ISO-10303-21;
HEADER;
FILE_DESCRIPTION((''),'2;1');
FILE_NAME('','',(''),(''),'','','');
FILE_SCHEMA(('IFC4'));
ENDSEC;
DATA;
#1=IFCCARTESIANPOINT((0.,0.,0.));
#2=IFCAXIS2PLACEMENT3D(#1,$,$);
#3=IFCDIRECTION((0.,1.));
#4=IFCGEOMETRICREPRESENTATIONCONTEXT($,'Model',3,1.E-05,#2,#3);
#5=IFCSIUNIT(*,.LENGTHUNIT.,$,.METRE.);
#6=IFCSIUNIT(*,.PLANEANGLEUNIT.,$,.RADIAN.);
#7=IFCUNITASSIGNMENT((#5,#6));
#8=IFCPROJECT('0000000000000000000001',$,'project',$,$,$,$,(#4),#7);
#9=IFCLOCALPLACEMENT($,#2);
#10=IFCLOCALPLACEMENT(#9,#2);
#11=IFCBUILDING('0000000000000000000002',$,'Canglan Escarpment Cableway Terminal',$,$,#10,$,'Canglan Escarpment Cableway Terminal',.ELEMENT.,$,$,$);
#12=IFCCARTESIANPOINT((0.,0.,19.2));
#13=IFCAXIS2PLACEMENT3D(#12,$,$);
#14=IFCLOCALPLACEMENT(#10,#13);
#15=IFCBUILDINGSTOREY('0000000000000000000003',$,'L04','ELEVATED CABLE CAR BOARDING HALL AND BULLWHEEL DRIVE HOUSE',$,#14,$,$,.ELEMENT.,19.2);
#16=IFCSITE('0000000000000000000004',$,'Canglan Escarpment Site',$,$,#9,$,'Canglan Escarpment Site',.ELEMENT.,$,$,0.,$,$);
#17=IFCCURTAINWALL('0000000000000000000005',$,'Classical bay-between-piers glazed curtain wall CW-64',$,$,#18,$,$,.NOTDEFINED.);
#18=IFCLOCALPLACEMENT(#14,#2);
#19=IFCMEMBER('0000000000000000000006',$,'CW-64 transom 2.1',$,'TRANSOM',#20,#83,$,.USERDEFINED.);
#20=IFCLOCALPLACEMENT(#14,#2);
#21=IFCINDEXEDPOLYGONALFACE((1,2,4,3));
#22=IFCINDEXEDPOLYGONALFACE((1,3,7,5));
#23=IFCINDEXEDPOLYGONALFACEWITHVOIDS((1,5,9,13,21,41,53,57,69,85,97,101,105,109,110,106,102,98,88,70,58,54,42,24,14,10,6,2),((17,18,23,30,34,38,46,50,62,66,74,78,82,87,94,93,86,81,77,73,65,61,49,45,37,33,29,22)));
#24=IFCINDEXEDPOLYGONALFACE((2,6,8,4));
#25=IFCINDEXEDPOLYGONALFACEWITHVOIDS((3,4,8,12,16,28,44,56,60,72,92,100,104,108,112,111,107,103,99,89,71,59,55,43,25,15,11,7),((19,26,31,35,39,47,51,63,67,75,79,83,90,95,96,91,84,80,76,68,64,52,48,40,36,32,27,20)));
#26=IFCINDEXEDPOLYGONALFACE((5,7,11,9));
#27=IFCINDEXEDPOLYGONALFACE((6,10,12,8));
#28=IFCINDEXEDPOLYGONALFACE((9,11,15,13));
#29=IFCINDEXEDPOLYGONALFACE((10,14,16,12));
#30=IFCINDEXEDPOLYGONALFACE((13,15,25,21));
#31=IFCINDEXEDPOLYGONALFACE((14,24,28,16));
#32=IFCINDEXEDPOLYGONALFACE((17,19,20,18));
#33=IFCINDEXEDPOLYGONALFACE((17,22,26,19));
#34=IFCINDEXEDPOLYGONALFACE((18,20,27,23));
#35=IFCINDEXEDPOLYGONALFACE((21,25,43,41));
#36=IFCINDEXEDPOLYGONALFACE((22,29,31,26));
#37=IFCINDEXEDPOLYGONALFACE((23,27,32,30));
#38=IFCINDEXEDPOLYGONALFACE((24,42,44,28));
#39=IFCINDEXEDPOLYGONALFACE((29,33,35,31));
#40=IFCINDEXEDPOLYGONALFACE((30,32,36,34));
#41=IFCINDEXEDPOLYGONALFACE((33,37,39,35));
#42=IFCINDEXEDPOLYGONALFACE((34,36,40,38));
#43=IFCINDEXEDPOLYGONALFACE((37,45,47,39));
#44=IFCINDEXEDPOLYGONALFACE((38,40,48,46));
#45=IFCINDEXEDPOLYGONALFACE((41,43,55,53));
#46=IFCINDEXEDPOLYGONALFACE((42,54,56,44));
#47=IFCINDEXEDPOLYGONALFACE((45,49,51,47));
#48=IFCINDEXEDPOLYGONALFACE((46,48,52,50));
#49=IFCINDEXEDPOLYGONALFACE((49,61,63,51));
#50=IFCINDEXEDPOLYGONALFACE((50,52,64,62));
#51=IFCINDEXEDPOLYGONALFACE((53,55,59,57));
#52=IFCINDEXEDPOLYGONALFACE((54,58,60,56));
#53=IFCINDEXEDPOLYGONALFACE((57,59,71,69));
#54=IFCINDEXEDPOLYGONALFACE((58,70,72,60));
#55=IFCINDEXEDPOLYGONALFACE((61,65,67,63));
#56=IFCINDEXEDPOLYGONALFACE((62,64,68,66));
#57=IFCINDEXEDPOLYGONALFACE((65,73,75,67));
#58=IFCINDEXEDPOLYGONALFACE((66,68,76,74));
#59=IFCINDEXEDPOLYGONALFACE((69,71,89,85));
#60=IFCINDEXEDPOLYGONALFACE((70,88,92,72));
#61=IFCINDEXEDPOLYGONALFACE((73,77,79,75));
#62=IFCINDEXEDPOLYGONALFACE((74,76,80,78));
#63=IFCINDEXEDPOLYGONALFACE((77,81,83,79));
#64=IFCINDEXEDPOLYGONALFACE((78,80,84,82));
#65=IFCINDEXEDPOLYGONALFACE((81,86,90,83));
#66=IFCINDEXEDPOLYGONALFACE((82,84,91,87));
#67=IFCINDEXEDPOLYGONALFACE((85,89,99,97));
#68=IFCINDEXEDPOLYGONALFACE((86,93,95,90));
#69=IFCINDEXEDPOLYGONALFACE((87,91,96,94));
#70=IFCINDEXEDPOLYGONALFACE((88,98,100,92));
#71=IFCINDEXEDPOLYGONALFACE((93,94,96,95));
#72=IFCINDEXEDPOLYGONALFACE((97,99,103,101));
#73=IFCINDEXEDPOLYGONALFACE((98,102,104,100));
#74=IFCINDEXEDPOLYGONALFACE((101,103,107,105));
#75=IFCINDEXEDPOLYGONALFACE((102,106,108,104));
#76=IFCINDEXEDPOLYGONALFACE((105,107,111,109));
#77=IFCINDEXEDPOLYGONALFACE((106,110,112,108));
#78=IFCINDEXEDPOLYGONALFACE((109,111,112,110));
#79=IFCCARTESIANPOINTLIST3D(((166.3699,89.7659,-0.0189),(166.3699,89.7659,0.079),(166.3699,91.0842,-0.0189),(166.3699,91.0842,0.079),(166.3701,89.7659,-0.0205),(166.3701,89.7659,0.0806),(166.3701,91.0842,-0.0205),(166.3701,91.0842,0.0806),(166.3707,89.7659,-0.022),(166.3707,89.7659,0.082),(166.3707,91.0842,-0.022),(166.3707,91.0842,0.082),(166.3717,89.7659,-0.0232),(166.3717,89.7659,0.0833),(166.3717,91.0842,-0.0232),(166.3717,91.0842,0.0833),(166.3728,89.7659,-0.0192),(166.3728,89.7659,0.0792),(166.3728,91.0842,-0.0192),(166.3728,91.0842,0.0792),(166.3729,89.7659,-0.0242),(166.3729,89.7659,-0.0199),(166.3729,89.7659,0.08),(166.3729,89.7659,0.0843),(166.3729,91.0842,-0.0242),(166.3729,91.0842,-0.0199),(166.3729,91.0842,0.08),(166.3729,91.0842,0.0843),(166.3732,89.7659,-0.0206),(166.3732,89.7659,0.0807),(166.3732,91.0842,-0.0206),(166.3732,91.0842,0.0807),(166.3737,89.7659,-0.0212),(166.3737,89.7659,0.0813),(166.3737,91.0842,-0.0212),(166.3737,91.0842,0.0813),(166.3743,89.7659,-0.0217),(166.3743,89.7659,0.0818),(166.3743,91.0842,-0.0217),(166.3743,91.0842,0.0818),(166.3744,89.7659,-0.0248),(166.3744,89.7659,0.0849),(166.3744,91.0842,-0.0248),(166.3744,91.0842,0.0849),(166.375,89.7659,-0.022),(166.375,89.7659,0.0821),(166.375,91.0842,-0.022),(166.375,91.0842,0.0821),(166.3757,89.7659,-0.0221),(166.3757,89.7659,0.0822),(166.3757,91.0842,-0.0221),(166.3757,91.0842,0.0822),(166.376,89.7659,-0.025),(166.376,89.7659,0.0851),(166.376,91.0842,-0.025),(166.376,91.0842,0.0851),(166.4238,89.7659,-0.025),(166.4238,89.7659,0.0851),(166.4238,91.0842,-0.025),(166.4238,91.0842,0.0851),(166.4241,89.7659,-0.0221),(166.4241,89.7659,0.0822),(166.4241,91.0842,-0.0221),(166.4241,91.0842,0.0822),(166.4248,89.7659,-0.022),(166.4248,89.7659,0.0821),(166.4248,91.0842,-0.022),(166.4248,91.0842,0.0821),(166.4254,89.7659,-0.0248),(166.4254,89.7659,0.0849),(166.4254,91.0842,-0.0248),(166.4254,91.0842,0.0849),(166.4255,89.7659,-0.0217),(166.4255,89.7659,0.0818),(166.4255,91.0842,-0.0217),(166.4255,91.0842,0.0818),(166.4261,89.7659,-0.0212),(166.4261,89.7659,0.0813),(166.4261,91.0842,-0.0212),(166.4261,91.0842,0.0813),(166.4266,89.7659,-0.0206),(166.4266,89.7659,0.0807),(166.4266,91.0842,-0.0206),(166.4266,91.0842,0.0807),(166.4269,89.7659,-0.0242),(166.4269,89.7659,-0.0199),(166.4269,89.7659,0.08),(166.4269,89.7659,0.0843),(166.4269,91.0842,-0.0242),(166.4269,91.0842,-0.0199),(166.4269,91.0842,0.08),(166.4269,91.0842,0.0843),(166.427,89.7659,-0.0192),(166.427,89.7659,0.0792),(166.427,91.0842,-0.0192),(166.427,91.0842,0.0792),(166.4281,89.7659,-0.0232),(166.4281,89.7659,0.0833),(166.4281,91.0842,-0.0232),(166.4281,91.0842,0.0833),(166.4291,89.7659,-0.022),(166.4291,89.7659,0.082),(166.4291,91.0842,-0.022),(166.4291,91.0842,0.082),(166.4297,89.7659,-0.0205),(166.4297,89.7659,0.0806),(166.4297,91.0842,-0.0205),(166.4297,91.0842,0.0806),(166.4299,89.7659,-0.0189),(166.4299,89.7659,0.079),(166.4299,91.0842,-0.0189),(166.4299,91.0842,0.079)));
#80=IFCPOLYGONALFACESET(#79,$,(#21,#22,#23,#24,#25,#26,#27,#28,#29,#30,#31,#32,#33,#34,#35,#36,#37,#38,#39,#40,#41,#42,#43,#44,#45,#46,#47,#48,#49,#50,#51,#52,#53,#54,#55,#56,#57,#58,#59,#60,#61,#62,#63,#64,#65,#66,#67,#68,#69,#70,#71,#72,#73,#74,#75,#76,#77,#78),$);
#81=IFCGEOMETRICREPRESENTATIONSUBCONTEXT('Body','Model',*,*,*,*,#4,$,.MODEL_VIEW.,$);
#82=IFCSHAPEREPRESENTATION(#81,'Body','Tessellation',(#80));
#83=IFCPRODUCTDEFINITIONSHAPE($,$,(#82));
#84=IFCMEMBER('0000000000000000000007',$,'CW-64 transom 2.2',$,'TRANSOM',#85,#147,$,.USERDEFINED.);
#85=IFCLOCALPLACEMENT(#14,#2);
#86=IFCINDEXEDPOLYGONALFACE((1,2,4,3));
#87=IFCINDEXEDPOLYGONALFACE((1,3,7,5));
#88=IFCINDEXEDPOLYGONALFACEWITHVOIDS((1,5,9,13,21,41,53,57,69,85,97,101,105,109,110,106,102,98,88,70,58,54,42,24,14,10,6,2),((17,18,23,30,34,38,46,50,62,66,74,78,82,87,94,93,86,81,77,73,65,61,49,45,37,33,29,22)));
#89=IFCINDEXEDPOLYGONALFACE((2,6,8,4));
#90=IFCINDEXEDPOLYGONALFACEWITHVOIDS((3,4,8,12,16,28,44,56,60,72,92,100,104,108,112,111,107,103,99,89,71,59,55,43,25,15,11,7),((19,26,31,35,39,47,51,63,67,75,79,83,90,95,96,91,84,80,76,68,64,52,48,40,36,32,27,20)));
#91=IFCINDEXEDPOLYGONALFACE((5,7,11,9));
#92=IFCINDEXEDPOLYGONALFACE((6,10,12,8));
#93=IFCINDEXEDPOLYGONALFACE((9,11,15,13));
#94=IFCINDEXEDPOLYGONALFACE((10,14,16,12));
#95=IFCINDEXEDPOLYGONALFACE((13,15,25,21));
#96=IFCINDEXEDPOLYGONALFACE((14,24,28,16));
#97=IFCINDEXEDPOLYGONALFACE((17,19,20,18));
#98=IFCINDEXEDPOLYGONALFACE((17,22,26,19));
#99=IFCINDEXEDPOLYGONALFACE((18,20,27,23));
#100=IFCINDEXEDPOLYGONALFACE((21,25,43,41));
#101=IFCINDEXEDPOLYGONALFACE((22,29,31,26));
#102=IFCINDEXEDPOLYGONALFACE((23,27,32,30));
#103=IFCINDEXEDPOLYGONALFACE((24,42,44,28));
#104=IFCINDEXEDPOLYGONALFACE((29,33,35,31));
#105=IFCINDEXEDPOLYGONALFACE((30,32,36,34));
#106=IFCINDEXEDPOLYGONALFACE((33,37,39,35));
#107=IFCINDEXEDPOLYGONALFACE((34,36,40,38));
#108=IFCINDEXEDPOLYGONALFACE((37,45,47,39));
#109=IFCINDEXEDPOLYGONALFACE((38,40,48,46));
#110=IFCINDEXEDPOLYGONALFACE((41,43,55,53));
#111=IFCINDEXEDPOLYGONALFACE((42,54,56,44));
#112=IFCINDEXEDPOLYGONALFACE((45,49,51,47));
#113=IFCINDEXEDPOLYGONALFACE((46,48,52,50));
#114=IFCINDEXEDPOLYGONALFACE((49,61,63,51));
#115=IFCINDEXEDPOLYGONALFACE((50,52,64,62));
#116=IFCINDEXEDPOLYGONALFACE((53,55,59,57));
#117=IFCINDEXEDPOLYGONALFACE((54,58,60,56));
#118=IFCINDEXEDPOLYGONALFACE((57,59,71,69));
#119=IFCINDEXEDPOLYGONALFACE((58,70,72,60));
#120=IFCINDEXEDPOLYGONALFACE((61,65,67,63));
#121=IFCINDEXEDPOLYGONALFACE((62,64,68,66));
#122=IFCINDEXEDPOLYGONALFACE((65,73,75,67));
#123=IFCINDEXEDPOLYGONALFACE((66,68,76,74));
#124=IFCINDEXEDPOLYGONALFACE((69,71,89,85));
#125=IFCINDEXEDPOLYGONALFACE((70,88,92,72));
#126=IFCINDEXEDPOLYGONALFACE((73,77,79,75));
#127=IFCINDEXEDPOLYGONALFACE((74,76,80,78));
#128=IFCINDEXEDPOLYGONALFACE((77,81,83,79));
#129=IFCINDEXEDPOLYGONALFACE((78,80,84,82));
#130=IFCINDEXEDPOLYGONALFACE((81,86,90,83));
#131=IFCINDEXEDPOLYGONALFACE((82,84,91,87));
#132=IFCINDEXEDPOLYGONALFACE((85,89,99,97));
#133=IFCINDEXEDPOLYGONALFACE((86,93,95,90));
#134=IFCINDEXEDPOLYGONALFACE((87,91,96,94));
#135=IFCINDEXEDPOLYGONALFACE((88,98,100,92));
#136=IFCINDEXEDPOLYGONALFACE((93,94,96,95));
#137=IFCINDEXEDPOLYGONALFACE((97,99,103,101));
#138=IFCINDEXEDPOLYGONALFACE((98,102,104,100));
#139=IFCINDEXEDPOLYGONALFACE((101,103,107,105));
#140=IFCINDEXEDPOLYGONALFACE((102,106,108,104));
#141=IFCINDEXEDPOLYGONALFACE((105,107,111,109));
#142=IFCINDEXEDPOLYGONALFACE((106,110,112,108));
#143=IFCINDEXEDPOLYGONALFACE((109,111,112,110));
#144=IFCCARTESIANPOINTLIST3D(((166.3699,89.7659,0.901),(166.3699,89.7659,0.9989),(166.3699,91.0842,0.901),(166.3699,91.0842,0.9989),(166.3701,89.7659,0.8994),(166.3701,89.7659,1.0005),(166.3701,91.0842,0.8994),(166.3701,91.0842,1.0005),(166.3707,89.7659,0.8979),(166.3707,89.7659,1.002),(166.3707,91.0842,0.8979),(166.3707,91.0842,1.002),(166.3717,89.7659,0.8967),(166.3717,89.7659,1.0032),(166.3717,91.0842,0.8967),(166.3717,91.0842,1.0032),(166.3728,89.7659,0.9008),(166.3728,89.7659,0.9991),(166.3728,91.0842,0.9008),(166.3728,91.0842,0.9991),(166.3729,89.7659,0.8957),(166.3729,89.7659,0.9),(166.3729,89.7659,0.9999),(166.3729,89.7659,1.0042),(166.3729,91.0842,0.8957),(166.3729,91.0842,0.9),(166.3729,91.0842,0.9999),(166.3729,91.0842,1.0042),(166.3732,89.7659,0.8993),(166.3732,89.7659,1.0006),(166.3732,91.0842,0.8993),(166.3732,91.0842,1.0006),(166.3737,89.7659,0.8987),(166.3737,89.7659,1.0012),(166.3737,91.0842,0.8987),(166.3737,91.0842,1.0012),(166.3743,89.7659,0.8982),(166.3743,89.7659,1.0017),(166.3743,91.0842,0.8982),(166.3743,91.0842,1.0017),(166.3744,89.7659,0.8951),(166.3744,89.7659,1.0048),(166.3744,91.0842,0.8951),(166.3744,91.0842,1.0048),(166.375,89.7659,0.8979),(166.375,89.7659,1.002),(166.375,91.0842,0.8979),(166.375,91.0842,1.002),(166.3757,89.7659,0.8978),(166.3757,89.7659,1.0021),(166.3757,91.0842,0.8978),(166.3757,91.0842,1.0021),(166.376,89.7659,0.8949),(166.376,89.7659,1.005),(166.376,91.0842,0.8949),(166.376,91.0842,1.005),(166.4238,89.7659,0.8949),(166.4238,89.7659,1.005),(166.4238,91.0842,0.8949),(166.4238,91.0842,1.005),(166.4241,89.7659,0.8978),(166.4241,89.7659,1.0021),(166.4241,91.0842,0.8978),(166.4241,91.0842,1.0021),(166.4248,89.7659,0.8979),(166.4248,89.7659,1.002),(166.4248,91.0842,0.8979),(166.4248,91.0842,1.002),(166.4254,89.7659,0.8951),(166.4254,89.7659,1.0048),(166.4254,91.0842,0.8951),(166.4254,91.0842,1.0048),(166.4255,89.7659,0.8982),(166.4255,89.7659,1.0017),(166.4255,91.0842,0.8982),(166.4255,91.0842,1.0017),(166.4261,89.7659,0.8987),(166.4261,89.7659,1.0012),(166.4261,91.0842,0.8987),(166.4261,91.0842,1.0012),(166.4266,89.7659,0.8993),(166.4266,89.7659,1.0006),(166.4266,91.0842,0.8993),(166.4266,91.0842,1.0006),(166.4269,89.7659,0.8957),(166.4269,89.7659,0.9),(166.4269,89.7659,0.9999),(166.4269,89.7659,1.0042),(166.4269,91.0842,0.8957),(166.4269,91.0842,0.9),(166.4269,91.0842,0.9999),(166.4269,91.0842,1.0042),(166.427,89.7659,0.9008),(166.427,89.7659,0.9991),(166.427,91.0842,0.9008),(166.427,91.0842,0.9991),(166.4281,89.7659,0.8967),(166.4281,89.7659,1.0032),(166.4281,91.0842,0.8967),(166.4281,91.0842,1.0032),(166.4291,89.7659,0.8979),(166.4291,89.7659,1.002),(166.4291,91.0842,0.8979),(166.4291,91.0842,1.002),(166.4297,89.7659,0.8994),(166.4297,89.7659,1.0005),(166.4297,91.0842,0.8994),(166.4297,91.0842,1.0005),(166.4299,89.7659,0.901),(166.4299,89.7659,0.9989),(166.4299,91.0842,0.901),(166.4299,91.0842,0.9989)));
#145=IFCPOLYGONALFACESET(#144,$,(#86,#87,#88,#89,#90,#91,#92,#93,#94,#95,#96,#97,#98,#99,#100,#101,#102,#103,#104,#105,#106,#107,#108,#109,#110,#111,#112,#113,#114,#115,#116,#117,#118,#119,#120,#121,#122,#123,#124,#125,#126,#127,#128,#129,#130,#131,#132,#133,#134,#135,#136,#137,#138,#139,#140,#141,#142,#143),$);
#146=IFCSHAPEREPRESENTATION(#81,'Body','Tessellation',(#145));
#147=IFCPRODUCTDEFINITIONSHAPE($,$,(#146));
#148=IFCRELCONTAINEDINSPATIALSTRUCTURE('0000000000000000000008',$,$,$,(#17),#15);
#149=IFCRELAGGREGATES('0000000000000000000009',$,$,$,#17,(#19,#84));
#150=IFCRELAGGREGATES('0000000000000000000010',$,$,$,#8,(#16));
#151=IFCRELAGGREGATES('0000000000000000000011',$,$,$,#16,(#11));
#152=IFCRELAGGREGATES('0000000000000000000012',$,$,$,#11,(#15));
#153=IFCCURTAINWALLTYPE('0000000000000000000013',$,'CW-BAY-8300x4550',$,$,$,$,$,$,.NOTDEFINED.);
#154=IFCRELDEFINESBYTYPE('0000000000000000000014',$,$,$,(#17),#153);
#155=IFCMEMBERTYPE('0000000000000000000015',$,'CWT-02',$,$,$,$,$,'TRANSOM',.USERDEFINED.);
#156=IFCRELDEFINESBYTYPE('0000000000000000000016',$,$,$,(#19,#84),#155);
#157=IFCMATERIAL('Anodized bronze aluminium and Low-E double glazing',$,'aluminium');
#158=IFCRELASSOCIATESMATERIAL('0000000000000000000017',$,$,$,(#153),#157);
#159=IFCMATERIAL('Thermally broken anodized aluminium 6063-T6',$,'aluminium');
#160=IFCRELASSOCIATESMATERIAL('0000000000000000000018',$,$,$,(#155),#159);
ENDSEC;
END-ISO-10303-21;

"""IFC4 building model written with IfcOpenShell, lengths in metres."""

from ifc_helpers import new_model, si_unit, direction, frame, origin, origin_2d, place, context, subcontext, project, spatial, hollow_rectangle, extrude, material, material_profile, profile_set, type_object, element, aggregate, save


model = new_model("IFC4")

# Units and contexts
model_context = context("Model", 3, precision=1e-05, world=origin(), true_north=direction((0.0, 1.0)))
body_context = subcontext(model_context, "Body", "Model", "MODEL_VIEW")
ifc_project = project(units=[si_unit("LENGTHUNIT", "METRE"), si_unit("PLANEANGLEUNIT", "RADIAN")], contexts=[model_context])

# Site, building, storey
site_placement = place(None, origin())
site = spatial("IfcSite", under=ifc_project, at=site_placement, Name="Canglan Escarpment Site", LongName="Canglan Escarpment Site", CompositionType="ELEMENT", RefElevation=0.0)
building_placement = place(site_placement, origin())
building = spatial("IfcBuilding", under=site, at=building_placement, Name="Canglan Escarpment Cableway Terminal", LongName="Canglan Escarpment Cableway Terminal", CompositionType="ELEMENT")
storey_placement = place(building_placement, frame((0.0, 0.0, 19.2)))
storey = spatial("IfcBuildingStorey", under=building, at=storey_placement, Name="L04", Description="ELEVATED CABLE CAR BOARDING HALL AND BULLWHEEL DRIVE HOUSE", CompositionType="ELEMENT", Elevation=19.2)

# Shared definitions
ifc_material_1 = material(Name="Anodized bronze aluminium and Low-E double glazing", Category="aluminium")
curtain_wall_type = type_object("IfcCurtainWallType", Name="CW-BAY-8300x4550", PredefinedType="NOTDEFINED", material=ifc_material_1)
ifc_material_2 = material(Name="Thermally broken anodized aluminium 6063-T6", Category="aluminium")

# Curtain wall, members
curtain_wall_1_placement = place(storey_placement, origin())
curtain_wall_1 = element("IfcCurtainWall", 1, at=curtain_wall_1_placement, inside=storey, type_object=curtain_wall_type, Name="Classical bay-between-piers glazed curtain wall CW-64", PredefinedType="NOTDEFINED")
ifc_material_profile_1 = material_profile(ifc_material_2, hollow_rectangle(XDim=0.0601, YDim=0.1101, WallThickness=0.0029, InnerFilletRadius=0.0029, OuterFilletRadius=0.0061, at=origin_2d()), Name="ALU-TRAN 60x110x3")
ifc_profile_set_1 = profile_set([ifc_material_profile_1], Name="Thermally broken anodized aluminium 6063-T6")
member_type_1 = type_object("IfcMemberType", Name="CWT-02", ElementType="TRANSOM", PredefinedType="USERDEFINED", material=ifc_profile_set_1)
member_1_placement = place(storey_placement, frame((166.3999, 89.7659, 0.03), z_axis=(0.0, 1.0, 0.0), x_axis=(-1.0, 0.0, 0.0)))
member_1 = element("IfcMember", 2, at=member_1_placement, type_object=member_type_1, Name="CW-64 transom 2.1", ObjectType="TRANSOM", PredefinedType="USERDEFINED", context=body_context, shape_type="SweptSolid", body=[
    extrude(hollow_rectangle(XDim=0.0601, YDim=0.1101, WallThickness=0.0029, InnerFilletRadius=0.0029, OuterFilletRadius=0.0061, at=origin_2d()), origin(), (0.0, 0.0, 1.0), 1.3184),
])
member_2_placement = place(storey_placement, frame((166.3999, 89.7659, 0.95), z_axis=(0.0, 1.0, 0.0), x_axis=(-1.0, 0.0, 0.0)))
member_2 = element("IfcMember", 3, at=member_2_placement, type_object=member_type_1, Name="CW-64 transom 2.2", ObjectType="TRANSOM", PredefinedType="USERDEFINED", context=body_context, shape_type="SweptSolid", body=[
    extrude(hollow_rectangle(XDim=0.0601, YDim=0.1101, WallThickness=0.0029, InnerFilletRadius=0.0029, OuterFilletRadius=0.0061, at=origin_2d()), origin(), (0.0, 0.0, 1.0), 1.3184),
])
aggregate(curtain_wall_1, [member_1, member_2])

save(model, "model.ifc")
